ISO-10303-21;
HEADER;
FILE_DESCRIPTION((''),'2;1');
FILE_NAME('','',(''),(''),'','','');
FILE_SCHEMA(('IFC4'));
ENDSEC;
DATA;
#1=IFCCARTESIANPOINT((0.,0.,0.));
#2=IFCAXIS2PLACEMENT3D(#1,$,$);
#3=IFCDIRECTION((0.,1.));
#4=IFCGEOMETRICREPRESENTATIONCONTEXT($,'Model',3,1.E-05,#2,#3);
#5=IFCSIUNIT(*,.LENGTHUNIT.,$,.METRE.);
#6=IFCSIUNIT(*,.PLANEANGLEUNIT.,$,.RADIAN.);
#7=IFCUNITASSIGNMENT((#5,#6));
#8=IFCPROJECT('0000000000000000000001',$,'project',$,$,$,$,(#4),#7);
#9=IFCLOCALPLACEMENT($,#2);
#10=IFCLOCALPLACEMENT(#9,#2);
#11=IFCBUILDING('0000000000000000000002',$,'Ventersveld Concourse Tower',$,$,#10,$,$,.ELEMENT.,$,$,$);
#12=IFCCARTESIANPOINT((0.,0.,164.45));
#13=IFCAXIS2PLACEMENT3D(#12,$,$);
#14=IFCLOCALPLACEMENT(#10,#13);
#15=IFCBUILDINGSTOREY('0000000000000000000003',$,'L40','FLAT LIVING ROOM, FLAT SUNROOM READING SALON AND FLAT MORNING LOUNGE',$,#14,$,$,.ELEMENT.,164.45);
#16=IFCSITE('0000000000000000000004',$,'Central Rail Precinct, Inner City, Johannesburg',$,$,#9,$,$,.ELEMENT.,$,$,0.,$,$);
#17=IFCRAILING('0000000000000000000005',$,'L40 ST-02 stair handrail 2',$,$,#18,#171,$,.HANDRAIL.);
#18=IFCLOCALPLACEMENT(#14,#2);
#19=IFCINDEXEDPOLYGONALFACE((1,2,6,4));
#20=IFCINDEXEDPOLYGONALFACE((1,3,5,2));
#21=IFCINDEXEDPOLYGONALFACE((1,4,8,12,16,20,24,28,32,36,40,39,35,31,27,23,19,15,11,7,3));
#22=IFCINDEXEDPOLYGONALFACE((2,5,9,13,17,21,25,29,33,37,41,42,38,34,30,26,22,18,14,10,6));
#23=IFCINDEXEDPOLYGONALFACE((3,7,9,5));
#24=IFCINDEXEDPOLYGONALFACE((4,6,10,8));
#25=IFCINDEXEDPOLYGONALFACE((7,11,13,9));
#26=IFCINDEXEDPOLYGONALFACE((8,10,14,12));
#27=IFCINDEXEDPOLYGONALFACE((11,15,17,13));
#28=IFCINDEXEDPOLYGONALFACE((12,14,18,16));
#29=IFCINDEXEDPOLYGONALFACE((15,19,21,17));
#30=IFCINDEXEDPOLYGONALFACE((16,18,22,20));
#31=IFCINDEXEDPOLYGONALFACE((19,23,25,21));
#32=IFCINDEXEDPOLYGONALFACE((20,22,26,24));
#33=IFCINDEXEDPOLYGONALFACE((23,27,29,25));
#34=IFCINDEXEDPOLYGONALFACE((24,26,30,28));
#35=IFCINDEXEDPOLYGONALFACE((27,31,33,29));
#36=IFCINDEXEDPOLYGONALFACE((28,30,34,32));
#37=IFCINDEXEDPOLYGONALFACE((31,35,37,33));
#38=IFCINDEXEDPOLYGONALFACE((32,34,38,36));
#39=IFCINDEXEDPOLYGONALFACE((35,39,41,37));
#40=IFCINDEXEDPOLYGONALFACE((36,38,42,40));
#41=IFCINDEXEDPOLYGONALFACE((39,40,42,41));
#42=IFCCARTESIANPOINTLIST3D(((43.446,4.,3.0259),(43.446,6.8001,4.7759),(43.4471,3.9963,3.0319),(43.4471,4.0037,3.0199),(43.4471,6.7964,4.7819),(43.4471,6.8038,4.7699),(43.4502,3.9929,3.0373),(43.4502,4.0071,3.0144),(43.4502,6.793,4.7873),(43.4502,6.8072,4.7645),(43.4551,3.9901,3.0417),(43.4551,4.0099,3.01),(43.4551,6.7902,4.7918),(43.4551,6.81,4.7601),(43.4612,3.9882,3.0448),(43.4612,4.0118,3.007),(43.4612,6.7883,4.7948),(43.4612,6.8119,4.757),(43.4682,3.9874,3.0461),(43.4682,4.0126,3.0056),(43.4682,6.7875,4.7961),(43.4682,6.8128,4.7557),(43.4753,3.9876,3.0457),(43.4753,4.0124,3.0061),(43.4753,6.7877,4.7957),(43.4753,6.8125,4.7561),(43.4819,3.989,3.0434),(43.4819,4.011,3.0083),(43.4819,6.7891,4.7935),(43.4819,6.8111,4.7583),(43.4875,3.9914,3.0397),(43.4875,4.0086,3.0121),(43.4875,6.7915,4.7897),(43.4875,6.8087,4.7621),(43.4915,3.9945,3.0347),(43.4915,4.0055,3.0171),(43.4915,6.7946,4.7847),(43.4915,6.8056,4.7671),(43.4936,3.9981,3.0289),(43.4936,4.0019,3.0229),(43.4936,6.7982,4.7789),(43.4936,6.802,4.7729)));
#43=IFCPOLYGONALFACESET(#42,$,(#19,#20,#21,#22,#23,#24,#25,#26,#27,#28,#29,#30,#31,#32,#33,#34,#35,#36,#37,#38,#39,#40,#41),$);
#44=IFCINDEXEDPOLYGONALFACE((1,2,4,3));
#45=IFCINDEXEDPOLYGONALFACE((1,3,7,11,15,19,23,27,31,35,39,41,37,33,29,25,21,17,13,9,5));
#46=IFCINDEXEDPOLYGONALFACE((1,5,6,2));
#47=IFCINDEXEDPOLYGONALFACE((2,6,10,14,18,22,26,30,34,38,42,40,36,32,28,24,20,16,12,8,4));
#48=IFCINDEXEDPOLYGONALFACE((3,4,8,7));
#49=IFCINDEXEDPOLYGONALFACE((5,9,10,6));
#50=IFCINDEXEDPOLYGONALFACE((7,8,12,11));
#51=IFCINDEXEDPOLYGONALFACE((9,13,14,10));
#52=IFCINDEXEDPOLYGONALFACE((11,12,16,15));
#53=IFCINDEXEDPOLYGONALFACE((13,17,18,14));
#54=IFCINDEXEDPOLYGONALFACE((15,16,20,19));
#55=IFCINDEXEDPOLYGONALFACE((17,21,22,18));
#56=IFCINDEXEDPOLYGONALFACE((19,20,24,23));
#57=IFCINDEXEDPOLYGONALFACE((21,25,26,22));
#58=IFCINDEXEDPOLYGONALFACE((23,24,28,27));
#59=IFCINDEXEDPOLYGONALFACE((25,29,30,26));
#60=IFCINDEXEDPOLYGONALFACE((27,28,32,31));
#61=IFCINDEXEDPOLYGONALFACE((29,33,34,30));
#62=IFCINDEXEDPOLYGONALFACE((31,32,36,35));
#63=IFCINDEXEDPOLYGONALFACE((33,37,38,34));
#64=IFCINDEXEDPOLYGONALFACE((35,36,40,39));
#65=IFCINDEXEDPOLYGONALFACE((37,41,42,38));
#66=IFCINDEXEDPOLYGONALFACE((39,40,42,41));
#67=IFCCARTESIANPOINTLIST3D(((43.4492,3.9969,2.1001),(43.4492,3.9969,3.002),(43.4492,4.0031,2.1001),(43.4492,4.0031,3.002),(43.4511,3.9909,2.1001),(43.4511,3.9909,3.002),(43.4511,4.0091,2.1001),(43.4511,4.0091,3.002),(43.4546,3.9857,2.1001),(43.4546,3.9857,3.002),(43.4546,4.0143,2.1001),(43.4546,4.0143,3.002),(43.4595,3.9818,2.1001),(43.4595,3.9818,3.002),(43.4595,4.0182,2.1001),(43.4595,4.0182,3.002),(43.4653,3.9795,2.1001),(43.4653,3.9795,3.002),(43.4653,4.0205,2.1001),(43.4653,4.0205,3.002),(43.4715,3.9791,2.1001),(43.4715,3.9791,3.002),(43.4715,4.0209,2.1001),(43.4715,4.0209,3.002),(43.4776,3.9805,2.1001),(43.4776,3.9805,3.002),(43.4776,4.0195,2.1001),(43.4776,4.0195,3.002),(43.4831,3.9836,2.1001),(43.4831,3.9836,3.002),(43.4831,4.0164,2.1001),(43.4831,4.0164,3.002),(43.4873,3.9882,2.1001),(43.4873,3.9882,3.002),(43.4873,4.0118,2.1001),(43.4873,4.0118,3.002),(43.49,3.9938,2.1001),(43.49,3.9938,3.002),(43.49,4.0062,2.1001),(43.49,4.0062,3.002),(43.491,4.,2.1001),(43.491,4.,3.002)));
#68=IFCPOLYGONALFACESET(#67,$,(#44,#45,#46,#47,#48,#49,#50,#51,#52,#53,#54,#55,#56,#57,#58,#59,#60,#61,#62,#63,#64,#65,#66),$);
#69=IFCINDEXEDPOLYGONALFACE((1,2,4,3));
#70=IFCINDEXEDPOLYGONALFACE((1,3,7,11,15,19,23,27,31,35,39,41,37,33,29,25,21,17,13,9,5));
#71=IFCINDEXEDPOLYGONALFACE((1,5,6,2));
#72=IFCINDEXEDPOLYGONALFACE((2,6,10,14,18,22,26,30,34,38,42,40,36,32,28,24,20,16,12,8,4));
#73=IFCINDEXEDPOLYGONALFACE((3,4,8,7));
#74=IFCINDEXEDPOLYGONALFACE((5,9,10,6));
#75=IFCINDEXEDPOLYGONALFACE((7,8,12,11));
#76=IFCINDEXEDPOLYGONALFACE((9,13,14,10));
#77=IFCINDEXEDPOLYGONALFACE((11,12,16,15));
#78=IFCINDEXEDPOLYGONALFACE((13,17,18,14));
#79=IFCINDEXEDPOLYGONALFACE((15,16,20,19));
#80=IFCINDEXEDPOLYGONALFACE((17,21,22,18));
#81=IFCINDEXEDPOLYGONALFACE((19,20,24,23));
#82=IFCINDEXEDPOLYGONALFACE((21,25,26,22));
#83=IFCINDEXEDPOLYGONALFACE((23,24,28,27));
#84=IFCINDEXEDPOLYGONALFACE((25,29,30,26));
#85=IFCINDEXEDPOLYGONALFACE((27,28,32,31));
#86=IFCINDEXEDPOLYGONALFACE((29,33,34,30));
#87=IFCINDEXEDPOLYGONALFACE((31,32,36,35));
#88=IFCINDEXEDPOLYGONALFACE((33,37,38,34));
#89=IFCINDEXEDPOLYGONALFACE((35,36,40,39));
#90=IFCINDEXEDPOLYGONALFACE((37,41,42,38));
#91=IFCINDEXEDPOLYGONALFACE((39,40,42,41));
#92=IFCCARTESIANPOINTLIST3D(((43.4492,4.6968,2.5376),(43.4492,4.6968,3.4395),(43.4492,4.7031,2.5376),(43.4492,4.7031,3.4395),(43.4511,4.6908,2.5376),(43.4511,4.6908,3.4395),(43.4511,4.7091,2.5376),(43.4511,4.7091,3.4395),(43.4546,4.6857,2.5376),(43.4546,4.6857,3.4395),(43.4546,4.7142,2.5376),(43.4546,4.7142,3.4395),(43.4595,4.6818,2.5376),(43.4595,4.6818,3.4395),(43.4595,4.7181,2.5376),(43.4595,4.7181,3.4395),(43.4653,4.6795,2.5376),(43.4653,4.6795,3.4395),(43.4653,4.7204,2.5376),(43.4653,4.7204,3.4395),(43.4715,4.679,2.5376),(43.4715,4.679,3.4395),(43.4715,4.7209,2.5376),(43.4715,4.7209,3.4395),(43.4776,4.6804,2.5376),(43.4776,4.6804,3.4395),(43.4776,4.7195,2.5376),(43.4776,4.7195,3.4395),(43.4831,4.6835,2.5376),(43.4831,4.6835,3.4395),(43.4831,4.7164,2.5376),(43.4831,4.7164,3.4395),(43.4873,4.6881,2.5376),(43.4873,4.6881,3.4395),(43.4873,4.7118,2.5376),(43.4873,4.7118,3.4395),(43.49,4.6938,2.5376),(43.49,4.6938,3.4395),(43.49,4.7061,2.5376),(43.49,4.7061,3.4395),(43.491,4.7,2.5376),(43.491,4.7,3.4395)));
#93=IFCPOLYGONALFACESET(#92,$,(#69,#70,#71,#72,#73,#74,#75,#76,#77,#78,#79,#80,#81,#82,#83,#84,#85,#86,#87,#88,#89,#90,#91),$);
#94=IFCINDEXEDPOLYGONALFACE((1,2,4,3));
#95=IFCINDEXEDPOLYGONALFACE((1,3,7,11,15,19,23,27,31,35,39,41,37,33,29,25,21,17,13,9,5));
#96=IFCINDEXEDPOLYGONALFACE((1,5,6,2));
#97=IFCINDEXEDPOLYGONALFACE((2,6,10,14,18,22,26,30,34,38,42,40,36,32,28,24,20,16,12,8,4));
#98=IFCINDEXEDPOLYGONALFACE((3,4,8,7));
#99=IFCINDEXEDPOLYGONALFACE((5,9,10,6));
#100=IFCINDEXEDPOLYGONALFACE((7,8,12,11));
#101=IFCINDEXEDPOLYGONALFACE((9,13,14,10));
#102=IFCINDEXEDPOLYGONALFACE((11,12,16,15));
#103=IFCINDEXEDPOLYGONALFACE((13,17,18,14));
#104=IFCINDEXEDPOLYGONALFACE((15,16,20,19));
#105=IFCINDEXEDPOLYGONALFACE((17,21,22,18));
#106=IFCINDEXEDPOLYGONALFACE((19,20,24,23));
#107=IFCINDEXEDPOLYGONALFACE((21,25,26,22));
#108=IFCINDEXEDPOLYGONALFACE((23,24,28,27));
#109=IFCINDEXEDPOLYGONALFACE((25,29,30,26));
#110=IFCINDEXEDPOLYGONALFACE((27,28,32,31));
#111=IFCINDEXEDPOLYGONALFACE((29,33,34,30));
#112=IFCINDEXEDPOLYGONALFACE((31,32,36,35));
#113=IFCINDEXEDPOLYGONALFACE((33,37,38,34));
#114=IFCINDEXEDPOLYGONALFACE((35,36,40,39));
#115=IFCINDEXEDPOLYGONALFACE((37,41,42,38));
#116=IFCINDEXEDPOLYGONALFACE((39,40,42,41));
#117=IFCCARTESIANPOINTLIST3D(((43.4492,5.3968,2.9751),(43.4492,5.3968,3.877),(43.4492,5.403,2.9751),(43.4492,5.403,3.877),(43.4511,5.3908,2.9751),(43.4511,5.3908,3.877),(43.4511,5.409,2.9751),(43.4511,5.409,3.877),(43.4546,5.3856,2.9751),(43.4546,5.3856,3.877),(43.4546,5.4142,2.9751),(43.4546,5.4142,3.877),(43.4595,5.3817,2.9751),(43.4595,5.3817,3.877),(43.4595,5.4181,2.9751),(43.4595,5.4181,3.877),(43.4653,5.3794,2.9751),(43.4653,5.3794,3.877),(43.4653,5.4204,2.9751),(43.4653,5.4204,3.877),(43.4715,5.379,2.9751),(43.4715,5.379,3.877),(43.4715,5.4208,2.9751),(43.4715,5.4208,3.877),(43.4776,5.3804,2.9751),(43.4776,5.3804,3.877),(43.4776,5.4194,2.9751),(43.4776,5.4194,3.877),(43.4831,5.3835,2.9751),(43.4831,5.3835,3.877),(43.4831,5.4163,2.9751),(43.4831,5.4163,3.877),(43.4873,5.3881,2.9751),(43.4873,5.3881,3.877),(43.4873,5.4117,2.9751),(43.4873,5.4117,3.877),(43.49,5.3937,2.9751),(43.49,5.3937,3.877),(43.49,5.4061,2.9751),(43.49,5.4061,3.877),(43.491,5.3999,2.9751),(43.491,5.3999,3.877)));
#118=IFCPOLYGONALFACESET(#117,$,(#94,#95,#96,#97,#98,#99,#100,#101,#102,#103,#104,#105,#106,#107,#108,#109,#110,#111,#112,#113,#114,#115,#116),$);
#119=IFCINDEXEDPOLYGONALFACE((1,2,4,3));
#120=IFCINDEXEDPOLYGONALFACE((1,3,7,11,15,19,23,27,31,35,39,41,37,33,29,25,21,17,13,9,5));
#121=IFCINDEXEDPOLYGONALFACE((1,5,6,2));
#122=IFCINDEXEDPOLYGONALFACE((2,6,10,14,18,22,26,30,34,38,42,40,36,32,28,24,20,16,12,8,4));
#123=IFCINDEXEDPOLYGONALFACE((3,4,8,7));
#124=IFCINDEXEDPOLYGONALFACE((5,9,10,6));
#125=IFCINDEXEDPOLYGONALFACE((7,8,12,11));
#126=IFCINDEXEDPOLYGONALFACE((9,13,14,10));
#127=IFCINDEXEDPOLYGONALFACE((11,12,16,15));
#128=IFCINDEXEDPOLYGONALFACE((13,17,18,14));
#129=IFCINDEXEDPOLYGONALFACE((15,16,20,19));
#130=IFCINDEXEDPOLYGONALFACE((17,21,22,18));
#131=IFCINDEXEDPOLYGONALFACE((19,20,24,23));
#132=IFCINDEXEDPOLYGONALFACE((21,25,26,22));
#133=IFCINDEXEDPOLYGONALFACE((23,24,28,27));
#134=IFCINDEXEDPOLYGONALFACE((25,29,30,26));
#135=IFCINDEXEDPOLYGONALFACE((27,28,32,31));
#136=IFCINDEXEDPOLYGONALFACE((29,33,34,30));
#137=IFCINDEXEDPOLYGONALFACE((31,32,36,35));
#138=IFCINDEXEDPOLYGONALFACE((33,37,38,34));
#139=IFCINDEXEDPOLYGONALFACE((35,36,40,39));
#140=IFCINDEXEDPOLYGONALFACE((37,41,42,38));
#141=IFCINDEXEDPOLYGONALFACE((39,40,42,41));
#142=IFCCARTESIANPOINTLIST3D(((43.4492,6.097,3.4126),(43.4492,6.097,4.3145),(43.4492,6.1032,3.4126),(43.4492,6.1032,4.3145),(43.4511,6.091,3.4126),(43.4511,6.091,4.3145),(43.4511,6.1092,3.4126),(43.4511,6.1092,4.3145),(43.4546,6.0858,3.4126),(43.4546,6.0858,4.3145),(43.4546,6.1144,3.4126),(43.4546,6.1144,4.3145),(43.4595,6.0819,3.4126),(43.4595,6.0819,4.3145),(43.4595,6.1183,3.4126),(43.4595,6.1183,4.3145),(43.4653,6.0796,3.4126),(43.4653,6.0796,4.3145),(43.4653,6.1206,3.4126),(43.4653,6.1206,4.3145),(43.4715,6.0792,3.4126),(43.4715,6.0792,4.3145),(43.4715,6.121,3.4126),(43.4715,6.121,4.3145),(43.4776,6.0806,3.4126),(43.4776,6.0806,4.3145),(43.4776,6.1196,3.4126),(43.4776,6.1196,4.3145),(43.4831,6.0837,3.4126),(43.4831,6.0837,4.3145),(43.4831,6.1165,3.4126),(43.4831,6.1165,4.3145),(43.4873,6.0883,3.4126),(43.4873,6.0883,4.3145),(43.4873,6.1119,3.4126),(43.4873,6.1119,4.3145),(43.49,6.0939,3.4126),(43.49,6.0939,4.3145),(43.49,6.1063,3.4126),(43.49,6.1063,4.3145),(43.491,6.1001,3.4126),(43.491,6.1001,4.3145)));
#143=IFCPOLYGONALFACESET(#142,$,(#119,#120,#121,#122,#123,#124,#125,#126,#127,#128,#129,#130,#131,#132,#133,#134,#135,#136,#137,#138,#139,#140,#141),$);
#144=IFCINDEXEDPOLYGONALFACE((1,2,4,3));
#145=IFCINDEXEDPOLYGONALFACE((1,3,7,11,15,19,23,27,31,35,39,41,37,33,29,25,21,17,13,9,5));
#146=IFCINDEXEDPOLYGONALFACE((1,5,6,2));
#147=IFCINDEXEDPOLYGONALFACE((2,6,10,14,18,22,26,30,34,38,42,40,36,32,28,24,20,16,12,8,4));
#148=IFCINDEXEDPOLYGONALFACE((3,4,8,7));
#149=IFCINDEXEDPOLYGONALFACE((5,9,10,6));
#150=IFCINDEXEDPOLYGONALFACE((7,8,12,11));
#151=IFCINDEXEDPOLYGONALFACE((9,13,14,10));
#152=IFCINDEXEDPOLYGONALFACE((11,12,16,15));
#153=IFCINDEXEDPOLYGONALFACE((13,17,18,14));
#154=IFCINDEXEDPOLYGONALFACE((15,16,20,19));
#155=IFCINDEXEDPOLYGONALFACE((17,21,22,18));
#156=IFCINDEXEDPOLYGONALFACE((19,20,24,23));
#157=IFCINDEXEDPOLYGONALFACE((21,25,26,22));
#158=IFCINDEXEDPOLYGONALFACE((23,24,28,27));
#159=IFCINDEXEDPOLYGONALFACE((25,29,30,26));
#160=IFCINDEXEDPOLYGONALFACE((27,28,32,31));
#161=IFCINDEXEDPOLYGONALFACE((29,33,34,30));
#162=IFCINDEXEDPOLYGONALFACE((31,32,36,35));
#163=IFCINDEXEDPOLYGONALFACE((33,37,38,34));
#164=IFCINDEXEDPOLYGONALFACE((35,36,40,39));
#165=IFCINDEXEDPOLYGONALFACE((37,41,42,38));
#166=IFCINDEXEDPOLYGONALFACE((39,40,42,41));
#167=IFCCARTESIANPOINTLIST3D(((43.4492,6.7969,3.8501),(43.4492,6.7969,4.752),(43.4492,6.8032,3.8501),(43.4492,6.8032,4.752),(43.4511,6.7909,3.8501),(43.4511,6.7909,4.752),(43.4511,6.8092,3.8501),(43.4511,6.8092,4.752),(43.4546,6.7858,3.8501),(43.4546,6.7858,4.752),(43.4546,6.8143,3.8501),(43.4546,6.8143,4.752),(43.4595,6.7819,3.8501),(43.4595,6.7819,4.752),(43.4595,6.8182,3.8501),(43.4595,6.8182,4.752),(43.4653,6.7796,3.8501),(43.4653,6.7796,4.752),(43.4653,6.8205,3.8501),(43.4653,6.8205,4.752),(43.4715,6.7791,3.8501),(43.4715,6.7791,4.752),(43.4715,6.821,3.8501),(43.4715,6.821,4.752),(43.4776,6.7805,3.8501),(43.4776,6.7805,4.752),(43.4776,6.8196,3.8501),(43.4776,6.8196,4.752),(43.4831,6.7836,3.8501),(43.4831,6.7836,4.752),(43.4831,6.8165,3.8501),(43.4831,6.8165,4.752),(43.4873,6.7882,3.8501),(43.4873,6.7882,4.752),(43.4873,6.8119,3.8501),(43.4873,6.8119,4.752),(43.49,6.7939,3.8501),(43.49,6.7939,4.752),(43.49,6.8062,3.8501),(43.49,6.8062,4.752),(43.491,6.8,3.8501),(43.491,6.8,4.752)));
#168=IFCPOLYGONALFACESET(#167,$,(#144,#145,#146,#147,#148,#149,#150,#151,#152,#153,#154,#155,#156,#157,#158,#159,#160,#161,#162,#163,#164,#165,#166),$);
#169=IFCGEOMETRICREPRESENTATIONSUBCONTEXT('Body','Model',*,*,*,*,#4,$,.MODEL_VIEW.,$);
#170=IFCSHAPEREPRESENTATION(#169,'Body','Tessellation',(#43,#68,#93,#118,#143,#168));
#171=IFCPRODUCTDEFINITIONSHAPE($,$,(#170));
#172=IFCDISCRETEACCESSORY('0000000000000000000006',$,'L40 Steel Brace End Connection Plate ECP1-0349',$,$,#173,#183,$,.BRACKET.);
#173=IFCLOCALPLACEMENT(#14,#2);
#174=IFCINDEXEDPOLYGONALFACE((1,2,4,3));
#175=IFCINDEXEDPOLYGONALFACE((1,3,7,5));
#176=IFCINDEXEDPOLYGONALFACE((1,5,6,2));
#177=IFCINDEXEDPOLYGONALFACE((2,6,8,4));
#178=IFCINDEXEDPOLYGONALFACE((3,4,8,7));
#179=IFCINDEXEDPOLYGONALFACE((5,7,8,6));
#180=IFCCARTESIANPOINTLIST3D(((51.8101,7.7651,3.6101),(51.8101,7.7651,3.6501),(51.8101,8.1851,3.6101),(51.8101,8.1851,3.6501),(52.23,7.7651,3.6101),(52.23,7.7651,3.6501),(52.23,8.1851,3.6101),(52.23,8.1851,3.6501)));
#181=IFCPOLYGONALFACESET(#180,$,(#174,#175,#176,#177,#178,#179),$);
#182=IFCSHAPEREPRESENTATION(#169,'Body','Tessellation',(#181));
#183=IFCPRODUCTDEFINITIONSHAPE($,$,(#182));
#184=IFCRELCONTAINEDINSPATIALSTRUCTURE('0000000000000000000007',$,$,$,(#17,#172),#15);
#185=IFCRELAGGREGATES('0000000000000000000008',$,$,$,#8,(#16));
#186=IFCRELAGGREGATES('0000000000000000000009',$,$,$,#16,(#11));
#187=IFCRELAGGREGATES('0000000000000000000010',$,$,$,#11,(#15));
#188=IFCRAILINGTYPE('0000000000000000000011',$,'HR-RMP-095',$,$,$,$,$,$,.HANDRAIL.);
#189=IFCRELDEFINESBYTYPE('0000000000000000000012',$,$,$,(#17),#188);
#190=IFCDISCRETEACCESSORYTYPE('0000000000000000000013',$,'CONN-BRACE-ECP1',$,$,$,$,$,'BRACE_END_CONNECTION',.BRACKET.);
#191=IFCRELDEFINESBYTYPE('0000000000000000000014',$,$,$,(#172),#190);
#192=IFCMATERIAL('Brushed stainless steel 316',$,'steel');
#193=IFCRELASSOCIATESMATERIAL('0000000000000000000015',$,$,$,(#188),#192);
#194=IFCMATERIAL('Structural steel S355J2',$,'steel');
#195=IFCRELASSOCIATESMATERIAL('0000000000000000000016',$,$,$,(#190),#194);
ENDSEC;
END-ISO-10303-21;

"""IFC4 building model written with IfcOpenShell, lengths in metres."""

from ifc_helpers import new_model, si_unit, direction, frame, origin, origin_2d, place, context, subcontext, project, spatial, rectangle, circle, extrude, material, type_object, element, save


model = new_model("IFC4")

# Units and contexts
model_context = context("Model", 3, precision=1e-05, world=origin(), true_north=direction((0.0, 1.0)))
body_context = subcontext(model_context, "Body", "Model", "MODEL_VIEW")
ifc_project = project(units=[si_unit("LENGTHUNIT", "METRE"), si_unit("PLANEANGLEUNIT", "RADIAN")], contexts=[model_context])

# Site, building, storey
site_placement = place(None, origin())
site = spatial("IfcSite", under=ifc_project, at=site_placement, Name="Central Rail Precinct, Inner City, Johannesburg", CompositionType="ELEMENT", RefElevation=0.0)
building_placement = place(site_placement, origin())
building = spatial("IfcBuilding", under=site, at=building_placement, Name="Ventersveld Concourse Tower", CompositionType="ELEMENT")
storey_placement = place(building_placement, frame((0.0, 0.0, 164.45)))
storey = spatial("IfcBuildingStorey", under=building, at=storey_placement, Name="L40", Description="FLAT LIVING ROOM, FLAT SUNROOM READING SALON AND FLAT MORNING LOUNGE", CompositionType="ELEMENT", Elevation=164.45)

# Shared definitions
ifc_material_1 = material(Name="Structural steel S355J2", Category="steel")

# Railing
ifc_material_2 = material(Name="Brushed stainless steel 316", Category="steel")
railing_type = type_object("IfcRailingType", Name="HR-RMP-095", PredefinedType="HANDRAIL", material=ifc_material_2)
railing_placement = place(storey_placement, frame((43.47, 4.0, 2.1001)))
element("IfcRailing", 1, at=railing_placement, inside=storey, type_object=railing_type, Name="L40 ST-02 stair handrail 2", PredefinedType="HANDRAIL", context=body_context, shape_type="SweptSolid", body=[
    extrude(circle(Radius=0.0239, at=origin_2d()), frame((0.0, 0.0, 0.9258), z_axis=(0.0, 0.848002, 0.529992), x_axis=(-1.0, 0.0, 0.0)), (0.0, 0.0, 1.0), 3.302),
    extrude(circle(Radius=0.021, at=origin_2d()), origin(), (0.0, 0.0, 1.0), 0.9019),
    extrude(circle(Radius=0.021, at=origin_2d()), frame((0.0, 0.7, 0.4375)), (0.0, 0.0, 1.0), 0.9019),
    extrude(circle(Radius=0.021, at=origin_2d()), frame((0.0, 1.3999, 0.875)), (0.0, 0.0, 1.0), 0.9019),
    extrude(circle(Radius=0.021, at=origin_2d()), frame((0.0, 2.1001, 1.3125)), (0.0, 0.0, 1.0), 0.9019),
    extrude(circle(Radius=0.021, at=origin_2d()), frame((0.0, 2.8, 1.75)), (0.0, 0.0, 1.0), 0.9019),
])

# Discrete accessory
discrete_accessory_type = type_object("IfcDiscreteAccessoryType", Name="CONN-BRACE-ECP1", ElementType="BRACE_END_CONNECTION", PredefinedType="BRACKET", material=ifc_material_1)
discrete_accessory_placement = place(storey_placement, frame((52.02, 7.9751, 3.6101), z_axis=(0.0, 0.0, 1.0), x_axis=(1.0, 0.0, 0.0)))
element("IfcDiscreteAccessory", 2, at=discrete_accessory_placement, inside=storey, type_object=discrete_accessory_type, Name="L40 Steel Brace End Connection Plate ECP1-0349", PredefinedType="BRACKET", context=body_context, shape_type="SweptSolid", body=[
    extrude(rectangle(XDim=0.4199, YDim=0.4199, at=origin_2d()), origin(), (0.0, 0.0, 1.0), 0.04),
])

save(model, "model.ifc")
